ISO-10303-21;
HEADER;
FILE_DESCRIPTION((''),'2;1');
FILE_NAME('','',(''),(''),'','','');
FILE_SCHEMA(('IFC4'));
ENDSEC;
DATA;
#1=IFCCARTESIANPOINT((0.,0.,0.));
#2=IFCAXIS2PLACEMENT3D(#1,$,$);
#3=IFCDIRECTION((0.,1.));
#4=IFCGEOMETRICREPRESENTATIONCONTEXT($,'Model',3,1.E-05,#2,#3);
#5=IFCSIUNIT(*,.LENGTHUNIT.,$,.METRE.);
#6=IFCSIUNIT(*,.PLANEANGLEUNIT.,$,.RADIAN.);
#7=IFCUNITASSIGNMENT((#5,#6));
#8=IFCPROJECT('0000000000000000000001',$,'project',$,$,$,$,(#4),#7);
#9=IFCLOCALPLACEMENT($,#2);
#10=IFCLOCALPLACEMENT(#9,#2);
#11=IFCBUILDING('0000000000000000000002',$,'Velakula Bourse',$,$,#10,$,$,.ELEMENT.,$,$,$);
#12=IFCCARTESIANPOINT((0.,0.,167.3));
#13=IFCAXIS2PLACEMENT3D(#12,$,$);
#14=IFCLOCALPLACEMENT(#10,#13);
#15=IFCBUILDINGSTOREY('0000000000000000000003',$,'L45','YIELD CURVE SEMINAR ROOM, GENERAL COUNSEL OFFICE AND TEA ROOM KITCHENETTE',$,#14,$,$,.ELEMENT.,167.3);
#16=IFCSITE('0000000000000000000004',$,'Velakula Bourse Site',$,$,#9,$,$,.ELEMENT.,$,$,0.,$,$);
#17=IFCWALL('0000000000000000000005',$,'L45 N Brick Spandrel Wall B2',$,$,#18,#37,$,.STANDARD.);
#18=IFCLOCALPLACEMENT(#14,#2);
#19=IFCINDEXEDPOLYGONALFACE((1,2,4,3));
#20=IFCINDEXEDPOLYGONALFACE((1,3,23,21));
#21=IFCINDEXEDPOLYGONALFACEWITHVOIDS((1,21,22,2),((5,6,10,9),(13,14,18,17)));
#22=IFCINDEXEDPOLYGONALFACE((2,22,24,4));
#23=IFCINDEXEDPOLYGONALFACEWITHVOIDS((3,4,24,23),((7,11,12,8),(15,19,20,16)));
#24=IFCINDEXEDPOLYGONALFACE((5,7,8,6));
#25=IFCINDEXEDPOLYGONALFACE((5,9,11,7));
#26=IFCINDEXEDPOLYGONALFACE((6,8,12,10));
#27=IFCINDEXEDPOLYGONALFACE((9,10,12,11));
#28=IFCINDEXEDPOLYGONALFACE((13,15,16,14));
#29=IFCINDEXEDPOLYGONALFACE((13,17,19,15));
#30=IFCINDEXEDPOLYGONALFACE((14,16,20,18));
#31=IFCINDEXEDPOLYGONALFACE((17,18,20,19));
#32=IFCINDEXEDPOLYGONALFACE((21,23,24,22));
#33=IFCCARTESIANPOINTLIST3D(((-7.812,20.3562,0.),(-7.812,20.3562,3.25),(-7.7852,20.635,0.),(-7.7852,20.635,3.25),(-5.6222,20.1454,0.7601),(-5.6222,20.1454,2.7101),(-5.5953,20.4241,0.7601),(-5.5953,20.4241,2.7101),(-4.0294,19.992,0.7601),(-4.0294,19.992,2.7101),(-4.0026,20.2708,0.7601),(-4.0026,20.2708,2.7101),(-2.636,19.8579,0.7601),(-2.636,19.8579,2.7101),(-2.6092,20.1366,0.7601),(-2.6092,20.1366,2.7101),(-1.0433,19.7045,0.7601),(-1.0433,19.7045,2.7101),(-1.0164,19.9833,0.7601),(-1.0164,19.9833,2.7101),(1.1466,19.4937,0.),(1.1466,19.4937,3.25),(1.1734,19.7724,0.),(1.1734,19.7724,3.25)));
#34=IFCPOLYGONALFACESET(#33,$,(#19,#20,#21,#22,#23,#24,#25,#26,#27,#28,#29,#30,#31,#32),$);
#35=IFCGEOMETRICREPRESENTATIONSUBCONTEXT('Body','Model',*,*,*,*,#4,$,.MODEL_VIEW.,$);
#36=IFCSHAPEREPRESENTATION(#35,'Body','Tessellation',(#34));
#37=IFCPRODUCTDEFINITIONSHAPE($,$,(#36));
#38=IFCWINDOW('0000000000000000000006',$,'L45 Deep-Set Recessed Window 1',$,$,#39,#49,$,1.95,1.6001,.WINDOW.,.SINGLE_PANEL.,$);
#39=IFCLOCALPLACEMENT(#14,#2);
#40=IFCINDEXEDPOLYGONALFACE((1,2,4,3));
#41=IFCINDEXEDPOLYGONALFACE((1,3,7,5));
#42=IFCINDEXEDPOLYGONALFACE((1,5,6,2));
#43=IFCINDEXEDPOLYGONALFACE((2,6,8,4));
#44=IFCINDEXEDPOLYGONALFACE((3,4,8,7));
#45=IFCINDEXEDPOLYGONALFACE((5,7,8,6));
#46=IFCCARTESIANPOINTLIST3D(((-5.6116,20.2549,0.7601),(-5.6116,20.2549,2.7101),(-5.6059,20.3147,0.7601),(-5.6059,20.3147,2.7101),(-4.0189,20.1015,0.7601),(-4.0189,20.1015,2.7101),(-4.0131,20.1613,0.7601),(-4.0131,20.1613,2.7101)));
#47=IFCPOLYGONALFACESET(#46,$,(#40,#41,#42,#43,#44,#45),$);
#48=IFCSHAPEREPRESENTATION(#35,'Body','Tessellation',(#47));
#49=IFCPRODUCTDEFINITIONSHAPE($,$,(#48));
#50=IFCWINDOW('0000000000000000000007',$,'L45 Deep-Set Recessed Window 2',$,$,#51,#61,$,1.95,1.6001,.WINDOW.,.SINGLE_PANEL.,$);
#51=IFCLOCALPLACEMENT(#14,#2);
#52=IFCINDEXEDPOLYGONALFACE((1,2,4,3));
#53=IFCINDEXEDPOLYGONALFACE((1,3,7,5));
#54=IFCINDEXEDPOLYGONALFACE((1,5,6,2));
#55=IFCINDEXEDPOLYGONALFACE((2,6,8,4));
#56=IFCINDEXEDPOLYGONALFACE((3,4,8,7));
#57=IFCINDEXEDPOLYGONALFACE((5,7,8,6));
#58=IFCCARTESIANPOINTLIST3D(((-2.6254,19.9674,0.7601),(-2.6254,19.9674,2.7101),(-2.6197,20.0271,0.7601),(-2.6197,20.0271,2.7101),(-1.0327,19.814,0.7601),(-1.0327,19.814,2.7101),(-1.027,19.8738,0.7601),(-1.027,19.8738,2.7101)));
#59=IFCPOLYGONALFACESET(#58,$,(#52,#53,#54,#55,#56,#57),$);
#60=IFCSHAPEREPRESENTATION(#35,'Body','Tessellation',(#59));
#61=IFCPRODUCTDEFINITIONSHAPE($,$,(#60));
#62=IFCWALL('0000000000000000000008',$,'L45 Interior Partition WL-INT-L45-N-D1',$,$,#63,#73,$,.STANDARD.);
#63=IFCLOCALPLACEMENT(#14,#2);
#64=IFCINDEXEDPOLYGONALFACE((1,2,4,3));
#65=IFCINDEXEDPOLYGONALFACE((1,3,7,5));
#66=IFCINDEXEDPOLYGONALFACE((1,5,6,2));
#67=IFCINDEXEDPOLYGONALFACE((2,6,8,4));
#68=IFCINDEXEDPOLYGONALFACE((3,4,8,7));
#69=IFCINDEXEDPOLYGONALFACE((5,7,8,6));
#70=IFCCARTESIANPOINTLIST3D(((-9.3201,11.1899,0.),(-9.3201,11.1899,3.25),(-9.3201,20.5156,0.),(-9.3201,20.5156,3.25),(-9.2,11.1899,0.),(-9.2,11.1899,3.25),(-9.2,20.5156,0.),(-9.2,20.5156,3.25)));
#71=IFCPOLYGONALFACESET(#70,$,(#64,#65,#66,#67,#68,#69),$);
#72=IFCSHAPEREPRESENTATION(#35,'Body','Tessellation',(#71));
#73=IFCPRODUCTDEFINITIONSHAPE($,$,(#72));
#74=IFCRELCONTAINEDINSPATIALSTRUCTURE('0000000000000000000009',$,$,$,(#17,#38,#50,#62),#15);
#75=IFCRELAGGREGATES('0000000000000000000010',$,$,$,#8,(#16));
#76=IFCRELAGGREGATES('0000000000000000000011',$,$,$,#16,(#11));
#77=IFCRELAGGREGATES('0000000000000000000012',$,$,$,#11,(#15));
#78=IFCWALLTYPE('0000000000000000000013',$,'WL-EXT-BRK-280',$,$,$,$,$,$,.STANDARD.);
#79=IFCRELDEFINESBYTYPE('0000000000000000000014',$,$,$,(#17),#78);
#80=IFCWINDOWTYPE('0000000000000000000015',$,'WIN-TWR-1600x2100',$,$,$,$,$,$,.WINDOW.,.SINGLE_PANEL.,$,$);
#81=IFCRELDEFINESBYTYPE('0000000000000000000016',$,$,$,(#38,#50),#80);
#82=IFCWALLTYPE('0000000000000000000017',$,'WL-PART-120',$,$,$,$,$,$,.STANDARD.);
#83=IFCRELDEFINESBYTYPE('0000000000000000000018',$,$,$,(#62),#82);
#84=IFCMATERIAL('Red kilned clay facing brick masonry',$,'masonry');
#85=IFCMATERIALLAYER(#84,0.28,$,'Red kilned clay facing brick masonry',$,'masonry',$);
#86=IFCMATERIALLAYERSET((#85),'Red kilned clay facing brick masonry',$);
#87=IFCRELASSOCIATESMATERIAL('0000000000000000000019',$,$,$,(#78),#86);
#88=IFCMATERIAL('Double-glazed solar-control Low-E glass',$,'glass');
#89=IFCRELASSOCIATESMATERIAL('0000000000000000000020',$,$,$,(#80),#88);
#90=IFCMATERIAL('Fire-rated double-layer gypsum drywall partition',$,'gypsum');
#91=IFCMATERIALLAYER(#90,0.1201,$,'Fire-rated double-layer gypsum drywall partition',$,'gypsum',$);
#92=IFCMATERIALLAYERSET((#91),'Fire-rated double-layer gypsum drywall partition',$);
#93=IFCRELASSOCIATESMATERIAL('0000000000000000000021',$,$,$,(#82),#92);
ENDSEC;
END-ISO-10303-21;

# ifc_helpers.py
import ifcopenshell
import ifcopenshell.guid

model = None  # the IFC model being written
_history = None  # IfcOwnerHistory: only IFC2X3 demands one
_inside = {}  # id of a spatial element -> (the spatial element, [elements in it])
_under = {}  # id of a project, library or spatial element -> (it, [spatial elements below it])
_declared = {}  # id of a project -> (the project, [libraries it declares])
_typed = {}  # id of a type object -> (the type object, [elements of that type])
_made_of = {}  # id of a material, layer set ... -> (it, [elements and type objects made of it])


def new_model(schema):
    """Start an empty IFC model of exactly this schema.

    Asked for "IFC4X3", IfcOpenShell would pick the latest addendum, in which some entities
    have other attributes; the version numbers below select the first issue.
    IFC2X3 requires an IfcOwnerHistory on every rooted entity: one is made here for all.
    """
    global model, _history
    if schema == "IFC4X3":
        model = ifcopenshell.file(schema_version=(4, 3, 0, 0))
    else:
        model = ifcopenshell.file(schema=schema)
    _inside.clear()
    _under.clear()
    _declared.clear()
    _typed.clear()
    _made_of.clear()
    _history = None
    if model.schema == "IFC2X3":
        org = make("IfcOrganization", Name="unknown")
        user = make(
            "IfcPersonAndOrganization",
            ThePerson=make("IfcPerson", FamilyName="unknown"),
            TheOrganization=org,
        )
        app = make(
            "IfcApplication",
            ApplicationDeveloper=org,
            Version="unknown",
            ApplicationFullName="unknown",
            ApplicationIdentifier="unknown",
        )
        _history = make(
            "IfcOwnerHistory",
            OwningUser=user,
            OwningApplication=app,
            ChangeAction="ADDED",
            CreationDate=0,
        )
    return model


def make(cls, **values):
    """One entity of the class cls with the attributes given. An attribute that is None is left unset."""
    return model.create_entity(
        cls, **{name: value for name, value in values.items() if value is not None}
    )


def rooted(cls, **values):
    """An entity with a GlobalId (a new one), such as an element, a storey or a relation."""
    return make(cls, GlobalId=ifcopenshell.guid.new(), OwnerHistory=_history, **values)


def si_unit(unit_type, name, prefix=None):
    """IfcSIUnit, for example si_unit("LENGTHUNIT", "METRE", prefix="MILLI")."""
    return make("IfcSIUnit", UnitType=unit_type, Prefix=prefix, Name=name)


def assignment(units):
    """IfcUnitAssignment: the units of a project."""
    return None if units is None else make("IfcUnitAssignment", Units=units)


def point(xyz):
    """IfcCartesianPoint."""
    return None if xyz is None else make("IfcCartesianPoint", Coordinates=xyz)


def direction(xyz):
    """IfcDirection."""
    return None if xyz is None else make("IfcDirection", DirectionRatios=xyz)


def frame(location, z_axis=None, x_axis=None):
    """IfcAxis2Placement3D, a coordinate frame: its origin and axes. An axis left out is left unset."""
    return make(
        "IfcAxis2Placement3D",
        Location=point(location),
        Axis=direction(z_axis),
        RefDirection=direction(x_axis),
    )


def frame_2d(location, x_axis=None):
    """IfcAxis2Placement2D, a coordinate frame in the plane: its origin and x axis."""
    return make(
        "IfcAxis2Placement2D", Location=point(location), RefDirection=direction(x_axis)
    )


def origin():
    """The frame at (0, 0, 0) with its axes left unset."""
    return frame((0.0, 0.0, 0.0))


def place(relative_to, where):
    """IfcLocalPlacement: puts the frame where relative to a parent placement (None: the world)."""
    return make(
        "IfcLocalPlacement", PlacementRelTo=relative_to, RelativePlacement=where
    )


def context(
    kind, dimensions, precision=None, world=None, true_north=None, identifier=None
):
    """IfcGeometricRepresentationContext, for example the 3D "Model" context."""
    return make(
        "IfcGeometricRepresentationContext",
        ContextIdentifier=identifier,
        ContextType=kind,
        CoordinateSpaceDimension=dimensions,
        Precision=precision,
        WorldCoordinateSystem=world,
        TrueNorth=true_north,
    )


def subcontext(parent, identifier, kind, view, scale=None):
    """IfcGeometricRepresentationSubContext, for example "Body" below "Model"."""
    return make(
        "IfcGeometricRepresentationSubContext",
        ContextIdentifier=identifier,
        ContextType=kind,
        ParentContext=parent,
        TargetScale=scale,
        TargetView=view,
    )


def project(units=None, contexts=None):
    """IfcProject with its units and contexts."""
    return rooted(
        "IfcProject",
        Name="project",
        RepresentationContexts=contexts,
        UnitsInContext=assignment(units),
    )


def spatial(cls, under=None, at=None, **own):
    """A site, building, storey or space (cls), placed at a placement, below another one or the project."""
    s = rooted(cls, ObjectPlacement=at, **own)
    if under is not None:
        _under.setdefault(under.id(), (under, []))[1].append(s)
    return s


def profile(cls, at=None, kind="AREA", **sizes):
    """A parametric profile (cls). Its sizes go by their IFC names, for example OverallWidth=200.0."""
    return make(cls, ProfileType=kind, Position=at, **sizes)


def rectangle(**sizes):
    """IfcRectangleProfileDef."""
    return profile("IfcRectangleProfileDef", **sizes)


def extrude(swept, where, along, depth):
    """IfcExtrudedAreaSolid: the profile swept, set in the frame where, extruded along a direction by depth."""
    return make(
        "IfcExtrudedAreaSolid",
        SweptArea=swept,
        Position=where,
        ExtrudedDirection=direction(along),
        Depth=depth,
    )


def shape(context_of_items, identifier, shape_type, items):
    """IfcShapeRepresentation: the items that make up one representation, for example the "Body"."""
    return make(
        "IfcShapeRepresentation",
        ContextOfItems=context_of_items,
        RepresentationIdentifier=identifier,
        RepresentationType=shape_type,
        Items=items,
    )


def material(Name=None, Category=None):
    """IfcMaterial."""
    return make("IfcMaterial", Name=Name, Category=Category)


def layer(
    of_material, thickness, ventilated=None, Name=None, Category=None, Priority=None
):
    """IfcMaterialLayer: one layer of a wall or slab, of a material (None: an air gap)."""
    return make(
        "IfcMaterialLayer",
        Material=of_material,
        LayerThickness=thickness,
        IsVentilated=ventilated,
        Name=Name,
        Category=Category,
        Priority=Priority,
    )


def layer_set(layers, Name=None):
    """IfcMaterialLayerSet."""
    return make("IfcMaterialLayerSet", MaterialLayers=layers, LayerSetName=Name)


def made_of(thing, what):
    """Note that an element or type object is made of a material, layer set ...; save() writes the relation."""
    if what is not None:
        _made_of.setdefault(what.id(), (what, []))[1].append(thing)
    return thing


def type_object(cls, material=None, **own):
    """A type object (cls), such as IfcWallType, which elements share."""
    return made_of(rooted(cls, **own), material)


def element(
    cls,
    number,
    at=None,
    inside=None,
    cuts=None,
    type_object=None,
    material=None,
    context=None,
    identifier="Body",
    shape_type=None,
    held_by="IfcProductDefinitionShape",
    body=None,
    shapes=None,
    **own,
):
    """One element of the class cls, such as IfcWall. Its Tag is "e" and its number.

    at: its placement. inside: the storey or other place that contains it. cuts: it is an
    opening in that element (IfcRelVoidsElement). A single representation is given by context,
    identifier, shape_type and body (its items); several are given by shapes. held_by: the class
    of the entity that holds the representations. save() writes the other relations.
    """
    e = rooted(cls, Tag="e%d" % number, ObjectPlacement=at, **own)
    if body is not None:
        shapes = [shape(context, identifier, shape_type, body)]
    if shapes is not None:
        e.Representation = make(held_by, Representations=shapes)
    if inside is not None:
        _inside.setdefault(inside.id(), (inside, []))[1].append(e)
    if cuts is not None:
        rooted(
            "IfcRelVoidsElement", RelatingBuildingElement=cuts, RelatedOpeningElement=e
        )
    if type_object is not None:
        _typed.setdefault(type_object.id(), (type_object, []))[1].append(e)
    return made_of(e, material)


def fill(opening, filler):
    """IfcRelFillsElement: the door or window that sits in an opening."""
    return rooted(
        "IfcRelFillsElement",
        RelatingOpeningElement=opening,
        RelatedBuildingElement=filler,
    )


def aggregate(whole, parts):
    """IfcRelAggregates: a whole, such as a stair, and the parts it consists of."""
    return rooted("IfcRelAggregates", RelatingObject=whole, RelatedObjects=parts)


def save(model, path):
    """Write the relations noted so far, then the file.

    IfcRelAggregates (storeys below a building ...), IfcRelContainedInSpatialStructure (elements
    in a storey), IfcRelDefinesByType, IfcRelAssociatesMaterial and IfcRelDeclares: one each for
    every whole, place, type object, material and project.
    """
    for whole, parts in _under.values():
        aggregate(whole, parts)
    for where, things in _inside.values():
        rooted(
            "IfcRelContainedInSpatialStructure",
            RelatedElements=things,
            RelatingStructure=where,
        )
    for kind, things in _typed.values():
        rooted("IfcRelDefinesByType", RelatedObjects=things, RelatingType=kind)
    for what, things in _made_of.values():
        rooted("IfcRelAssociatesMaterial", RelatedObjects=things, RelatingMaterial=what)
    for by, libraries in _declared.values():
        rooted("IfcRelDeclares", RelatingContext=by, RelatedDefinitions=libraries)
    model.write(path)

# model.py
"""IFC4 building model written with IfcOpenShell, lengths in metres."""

from ifc_helpers import new_model, si_unit, direction, frame, frame_2d, origin, place, context, subcontext, project, spatial, rectangle, extrude, material, layer, layer_set, type_object, element, fill, save


model = new_model("IFC4")

# Units and contexts
model_context = context("Model", 3, precision=1e-05, world=origin(), true_north=direction((0.0, 1.0)))
body_context = subcontext(model_context, "Body", "Model", "MODEL_VIEW")
ifc_project = project(units=[si_unit("LENGTHUNIT", "METRE"), si_unit("PLANEANGLEUNIT", "RADIAN")], contexts=[model_context])

# Site, building, storey
site_placement = place(None, origin())
site = spatial("IfcSite", under=ifc_project, at=site_placement, Name="Velakula Bourse Site", CompositionType="ELEMENT", RefElevation=0.0)
building_placement = place(site_placement, origin())
building = spatial("IfcBuilding", under=site, at=building_placement, Name="Velakula Bourse", CompositionType="ELEMENT")
storey_placement = place(building_placement, frame((0.0, 0.0, 167.3)))
storey = spatial("IfcBuildingStorey", under=building, at=storey_placement, Name="L45", Description="YIELD CURVE SEMINAR ROOM, GENERAL COUNSEL OFFICE AND TEA ROOM KITCHENETTE", CompositionType="ELEMENT", Elevation=167.3)

# Wall, openings, windows
ifc_material_1 = material(Name="Red kilned clay facing brick masonry", Category="masonry")
ifc_layer_1 = layer(ifc_material_1, 0.28, Name="Red kilned clay facing brick masonry", Category="masonry")
ifc_layer_set_1 = layer_set([ifc_layer_1], Name="Red kilned clay facing brick masonry")
wall_type_1 = type_object("IfcWallType", Name="WL-EXT-BRK-280", PredefinedType="STANDARD", material=ifc_layer_set_1)
wall_1_placement = place(storey_placement, frame((-7.7986, 20.4956, 0.0), z_axis=(0.0, 0.0, 1.0), x_axis=(0.995397, -0.09584, 0.0)))
wall_1 = element("IfcWall", 1, at=wall_1_placement, inside=storey, type_object=wall_type_1, Name="L45 N Brick Spandrel Wall B2", PredefinedType="STANDARD", context=body_context, shape_type="SweptSolid", body=[
    extrude(rectangle(XDim=9.0, YDim=0.28, at=frame_2d((4.5, 0.0))), origin(), (0.0, 0.0, 1.0), 3.25),
])
opening_1_placement = place(wall_1_placement, frame((2.2, 0.0, 0.76)))
opening_1 = element("IfcOpeningElement", 2, at=opening_1_placement, cuts=wall_1, PredefinedType="OPENING", context=body_context, shape_type="SweptSolid", body=[
    extrude(rectangle(XDim=1.6001, YDim=1.95, at=frame_2d((0.8, 0.9751))), frame((0.0, 0.1499, 0.0), z_axis=(0.0, -1.0, 0.0), x_axis=(1.0, 0.0, 0.0)), (0.0, 0.0, 1.0), 0.3),
])
opening_2_placement = place(wall_1_placement, frame((5.2, 0.0, 0.76)))
opening_2 = element("IfcOpeningElement", 3, at=opening_2_placement, cuts=wall_1, PredefinedType="OPENING", context=body_context, shape_type="SweptSolid", body=[
    extrude(rectangle(XDim=1.6001, YDim=1.95, at=frame_2d((0.8, 0.9751))), frame((0.0, 0.1499, 0.0), z_axis=(0.0, -1.0, 0.0), x_axis=(1.0, 0.0, 0.0)), (0.0, 0.0, 1.0), 0.3),
])
ifc_material_2 = material(Name="Double-glazed solar-control Low-E glass", Category="glass")
window_type = type_object("IfcWindowType", Name="WIN-TWR-1600x2100", PartitioningType="SINGLE_PANEL", PredefinedType="WINDOW", material=ifc_material_2)
window_1_placement = place(opening_1_placement, origin())
window_1 = element("IfcWindow", 4, at=window_1_placement, inside=storey, type_object=window_type, Name="L45 Deep-Set Recessed Window 1", OverallHeight=1.95, OverallWidth=1.6001, PartitioningType="SINGLE_PANEL", PredefinedType="WINDOW", context=body_context, shape_type="SweptSolid", body=[
    extrude(rectangle(XDim=1.6001, YDim=1.95, at=frame_2d((0.8, 0.9751))), frame((0.0, 0.03, 0.0), z_axis=(0.0, -1.0, 0.0), x_axis=(1.0, 0.0, 0.0)), (0.0, 0.0, 1.0), 0.0601),
])
fill(opening_1, window_1)
window_2_placement = place(opening_2_placement, origin())
window_2 = element("IfcWindow", 5, at=window_2_placement, inside=storey, type_object=window_type, Name="L45 Deep-Set Recessed Window 2", OverallHeight=1.95, OverallWidth=1.6001, PartitioningType="SINGLE_PANEL", PredefinedType="WINDOW", context=body_context, shape_type="SweptSolid", body=[
    extrude(rectangle(XDim=1.6001, YDim=1.95, at=frame_2d((0.8, 0.9751))), frame((0.0, 0.03, 0.0), z_axis=(0.0, -1.0, 0.0), x_axis=(1.0, 0.0, 0.0)), (0.0, 0.0, 1.0), 0.0601),
])
fill(opening_2, window_2)

# Wall
ifc_material_3 = material(Name="Fire-rated double-layer gypsum drywall partition", Category="gypsum")
ifc_layer_2 = layer(ifc_material_3, 0.1201, Name="Fire-rated double-layer gypsum drywall partition", Category="gypsum")
ifc_layer_set_2 = layer_set([ifc_layer_2], Name="Fire-rated double-layer gypsum drywall partition")
wall_type_2 = type_object("IfcWallType", Name="WL-PART-120", PredefinedType="STANDARD", material=ifc_layer_set_2)
wall_2_placement = place(storey_placement, frame((-9.26, 11.1899, 0.0), z_axis=(0.0, 0.0, 1.0), x_axis=(0.0, 1.0, 0.0)))
element("IfcWall", 6, at=wall_2_placement, inside=storey, type_object=wall_type_2, Name="L45 Interior Partition WL-INT-L45-N-D1", PredefinedType="STANDARD", context=body_context, shape_type="SweptSolid", body=[
    extrude(rectangle(XDim=9.3257, YDim=0.1201, at=frame_2d((4.6628, 0.0))), origin(), (0.0, 0.0, 1.0), 3.25),
])

save(model, "model.ifc")
